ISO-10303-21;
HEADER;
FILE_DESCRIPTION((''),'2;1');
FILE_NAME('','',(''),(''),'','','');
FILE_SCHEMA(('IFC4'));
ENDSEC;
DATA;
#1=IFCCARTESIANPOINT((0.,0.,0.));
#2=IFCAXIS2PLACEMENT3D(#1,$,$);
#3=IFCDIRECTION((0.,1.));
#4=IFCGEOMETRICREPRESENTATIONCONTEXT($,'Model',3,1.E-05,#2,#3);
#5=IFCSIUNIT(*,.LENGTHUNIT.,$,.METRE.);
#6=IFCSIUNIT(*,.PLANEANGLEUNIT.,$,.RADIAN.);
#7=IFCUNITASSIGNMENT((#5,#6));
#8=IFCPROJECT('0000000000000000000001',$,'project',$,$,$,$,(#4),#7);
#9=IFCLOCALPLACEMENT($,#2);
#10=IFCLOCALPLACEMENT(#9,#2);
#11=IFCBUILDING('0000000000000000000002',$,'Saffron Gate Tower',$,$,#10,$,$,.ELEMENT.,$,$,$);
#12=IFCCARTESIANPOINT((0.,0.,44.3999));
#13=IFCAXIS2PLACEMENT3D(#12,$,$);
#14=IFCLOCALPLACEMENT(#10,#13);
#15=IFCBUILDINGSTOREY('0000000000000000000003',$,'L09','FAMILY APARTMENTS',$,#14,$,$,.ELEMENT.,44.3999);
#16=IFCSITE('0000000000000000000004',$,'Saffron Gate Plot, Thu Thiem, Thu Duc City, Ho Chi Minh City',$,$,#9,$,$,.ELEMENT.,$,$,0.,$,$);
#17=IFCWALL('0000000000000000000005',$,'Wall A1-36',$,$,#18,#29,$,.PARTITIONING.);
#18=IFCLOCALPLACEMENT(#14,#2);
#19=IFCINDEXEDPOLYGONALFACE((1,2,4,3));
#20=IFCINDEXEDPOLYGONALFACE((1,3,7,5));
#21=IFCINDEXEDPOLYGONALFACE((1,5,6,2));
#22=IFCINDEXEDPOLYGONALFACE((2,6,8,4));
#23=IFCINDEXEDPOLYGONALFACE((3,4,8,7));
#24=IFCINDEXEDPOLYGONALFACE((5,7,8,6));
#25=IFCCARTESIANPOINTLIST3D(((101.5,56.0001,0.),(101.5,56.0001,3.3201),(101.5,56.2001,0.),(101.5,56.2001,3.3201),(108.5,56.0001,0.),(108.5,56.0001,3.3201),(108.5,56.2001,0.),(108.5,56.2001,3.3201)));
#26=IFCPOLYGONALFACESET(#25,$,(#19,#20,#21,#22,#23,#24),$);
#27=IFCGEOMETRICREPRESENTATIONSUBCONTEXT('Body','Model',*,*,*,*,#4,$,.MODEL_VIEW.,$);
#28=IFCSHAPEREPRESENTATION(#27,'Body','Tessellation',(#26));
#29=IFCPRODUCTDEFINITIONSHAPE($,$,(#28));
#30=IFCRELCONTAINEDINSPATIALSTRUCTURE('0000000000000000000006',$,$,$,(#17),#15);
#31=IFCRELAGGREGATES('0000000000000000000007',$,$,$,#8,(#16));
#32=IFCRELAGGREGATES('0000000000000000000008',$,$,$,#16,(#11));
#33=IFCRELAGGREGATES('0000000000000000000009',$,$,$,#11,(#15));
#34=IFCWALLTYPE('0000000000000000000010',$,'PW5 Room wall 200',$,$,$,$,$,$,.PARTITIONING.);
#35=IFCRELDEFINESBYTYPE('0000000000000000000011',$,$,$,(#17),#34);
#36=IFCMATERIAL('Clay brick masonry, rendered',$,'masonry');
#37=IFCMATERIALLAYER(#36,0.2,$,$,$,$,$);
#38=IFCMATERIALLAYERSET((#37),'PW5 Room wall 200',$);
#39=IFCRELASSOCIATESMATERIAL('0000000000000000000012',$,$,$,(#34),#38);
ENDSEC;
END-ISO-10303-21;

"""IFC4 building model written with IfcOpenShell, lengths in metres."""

from ifc_helpers import new_model, si_unit, direction, frame, frame_2d, origin, place, context, subcontext, project, spatial, rectangle, extrude, material, layer, layer_set, type_object, element, save


model = new_model("IFC4")

# Units and contexts
model_context = context("Model", 3, precision=1e-05, world=origin(), true_north=direction((0.0, 1.0)))
body_context = subcontext(model_context, "Body", "Model", "MODEL_VIEW")
ifc_project = project(units=[si_unit("LENGTHUNIT", "METRE"), si_unit("PLANEANGLEUNIT", "RADIAN")], contexts=[model_context])

# Site, building, storey
site_placement = place(None, origin())
site = spatial("IfcSite", under=ifc_project, at=site_placement, Name="Saffron Gate Plot, Thu Thiem, Thu Duc City, Ho Chi Minh City", CompositionType="ELEMENT", RefElevation=0.0)
building_placement = place(site_placement, origin())
building = spatial("IfcBuilding", under=site, at=building_placement, Name="Saffron Gate Tower", CompositionType="ELEMENT")
storey_placement = place(building_placement, frame((0.0, 0.0, 44.3999)))
storey = spatial("IfcBuildingStorey", under=building, at=storey_placement, Name="L09", Description="FAMILY APARTMENTS", CompositionType="ELEMENT", Elevation=44.3999)

# Wall
ifc_material_1 = material(Name="Clay brick masonry, rendered", Category="masonry")
ifc_layer_1 = layer(ifc_material_1, 0.2)
ifc_layer_set_1 = layer_set([ifc_layer_1], Name="PW5 Room wall 200")
wall_type_1 = type_object("IfcWallType", Name="PW5 Room wall 200", PredefinedType="PARTITIONING", material=ifc_layer_set_1)
wall_1_placement = place(storey_placement, frame((101.5, 56.1001, 0.0), z_axis=(0.0, 0.0, 1.0), x_axis=(1.0, 0.0, 0.0)))
element("IfcWall", 1, at=wall_1_placement, inside=storey, type_object=wall_type_1, Name="Wall A1-36", PredefinedType="PARTITIONING", context=body_context, shape_type="SweptSolid", body=[
    extrude(rectangle(XDim=7.0, YDim=0.2, at=frame_2d((3.5, 0.0))), origin(), (0.0, 0.0, 1.0), 3.3201),
])

save(model, "model.ifc")
